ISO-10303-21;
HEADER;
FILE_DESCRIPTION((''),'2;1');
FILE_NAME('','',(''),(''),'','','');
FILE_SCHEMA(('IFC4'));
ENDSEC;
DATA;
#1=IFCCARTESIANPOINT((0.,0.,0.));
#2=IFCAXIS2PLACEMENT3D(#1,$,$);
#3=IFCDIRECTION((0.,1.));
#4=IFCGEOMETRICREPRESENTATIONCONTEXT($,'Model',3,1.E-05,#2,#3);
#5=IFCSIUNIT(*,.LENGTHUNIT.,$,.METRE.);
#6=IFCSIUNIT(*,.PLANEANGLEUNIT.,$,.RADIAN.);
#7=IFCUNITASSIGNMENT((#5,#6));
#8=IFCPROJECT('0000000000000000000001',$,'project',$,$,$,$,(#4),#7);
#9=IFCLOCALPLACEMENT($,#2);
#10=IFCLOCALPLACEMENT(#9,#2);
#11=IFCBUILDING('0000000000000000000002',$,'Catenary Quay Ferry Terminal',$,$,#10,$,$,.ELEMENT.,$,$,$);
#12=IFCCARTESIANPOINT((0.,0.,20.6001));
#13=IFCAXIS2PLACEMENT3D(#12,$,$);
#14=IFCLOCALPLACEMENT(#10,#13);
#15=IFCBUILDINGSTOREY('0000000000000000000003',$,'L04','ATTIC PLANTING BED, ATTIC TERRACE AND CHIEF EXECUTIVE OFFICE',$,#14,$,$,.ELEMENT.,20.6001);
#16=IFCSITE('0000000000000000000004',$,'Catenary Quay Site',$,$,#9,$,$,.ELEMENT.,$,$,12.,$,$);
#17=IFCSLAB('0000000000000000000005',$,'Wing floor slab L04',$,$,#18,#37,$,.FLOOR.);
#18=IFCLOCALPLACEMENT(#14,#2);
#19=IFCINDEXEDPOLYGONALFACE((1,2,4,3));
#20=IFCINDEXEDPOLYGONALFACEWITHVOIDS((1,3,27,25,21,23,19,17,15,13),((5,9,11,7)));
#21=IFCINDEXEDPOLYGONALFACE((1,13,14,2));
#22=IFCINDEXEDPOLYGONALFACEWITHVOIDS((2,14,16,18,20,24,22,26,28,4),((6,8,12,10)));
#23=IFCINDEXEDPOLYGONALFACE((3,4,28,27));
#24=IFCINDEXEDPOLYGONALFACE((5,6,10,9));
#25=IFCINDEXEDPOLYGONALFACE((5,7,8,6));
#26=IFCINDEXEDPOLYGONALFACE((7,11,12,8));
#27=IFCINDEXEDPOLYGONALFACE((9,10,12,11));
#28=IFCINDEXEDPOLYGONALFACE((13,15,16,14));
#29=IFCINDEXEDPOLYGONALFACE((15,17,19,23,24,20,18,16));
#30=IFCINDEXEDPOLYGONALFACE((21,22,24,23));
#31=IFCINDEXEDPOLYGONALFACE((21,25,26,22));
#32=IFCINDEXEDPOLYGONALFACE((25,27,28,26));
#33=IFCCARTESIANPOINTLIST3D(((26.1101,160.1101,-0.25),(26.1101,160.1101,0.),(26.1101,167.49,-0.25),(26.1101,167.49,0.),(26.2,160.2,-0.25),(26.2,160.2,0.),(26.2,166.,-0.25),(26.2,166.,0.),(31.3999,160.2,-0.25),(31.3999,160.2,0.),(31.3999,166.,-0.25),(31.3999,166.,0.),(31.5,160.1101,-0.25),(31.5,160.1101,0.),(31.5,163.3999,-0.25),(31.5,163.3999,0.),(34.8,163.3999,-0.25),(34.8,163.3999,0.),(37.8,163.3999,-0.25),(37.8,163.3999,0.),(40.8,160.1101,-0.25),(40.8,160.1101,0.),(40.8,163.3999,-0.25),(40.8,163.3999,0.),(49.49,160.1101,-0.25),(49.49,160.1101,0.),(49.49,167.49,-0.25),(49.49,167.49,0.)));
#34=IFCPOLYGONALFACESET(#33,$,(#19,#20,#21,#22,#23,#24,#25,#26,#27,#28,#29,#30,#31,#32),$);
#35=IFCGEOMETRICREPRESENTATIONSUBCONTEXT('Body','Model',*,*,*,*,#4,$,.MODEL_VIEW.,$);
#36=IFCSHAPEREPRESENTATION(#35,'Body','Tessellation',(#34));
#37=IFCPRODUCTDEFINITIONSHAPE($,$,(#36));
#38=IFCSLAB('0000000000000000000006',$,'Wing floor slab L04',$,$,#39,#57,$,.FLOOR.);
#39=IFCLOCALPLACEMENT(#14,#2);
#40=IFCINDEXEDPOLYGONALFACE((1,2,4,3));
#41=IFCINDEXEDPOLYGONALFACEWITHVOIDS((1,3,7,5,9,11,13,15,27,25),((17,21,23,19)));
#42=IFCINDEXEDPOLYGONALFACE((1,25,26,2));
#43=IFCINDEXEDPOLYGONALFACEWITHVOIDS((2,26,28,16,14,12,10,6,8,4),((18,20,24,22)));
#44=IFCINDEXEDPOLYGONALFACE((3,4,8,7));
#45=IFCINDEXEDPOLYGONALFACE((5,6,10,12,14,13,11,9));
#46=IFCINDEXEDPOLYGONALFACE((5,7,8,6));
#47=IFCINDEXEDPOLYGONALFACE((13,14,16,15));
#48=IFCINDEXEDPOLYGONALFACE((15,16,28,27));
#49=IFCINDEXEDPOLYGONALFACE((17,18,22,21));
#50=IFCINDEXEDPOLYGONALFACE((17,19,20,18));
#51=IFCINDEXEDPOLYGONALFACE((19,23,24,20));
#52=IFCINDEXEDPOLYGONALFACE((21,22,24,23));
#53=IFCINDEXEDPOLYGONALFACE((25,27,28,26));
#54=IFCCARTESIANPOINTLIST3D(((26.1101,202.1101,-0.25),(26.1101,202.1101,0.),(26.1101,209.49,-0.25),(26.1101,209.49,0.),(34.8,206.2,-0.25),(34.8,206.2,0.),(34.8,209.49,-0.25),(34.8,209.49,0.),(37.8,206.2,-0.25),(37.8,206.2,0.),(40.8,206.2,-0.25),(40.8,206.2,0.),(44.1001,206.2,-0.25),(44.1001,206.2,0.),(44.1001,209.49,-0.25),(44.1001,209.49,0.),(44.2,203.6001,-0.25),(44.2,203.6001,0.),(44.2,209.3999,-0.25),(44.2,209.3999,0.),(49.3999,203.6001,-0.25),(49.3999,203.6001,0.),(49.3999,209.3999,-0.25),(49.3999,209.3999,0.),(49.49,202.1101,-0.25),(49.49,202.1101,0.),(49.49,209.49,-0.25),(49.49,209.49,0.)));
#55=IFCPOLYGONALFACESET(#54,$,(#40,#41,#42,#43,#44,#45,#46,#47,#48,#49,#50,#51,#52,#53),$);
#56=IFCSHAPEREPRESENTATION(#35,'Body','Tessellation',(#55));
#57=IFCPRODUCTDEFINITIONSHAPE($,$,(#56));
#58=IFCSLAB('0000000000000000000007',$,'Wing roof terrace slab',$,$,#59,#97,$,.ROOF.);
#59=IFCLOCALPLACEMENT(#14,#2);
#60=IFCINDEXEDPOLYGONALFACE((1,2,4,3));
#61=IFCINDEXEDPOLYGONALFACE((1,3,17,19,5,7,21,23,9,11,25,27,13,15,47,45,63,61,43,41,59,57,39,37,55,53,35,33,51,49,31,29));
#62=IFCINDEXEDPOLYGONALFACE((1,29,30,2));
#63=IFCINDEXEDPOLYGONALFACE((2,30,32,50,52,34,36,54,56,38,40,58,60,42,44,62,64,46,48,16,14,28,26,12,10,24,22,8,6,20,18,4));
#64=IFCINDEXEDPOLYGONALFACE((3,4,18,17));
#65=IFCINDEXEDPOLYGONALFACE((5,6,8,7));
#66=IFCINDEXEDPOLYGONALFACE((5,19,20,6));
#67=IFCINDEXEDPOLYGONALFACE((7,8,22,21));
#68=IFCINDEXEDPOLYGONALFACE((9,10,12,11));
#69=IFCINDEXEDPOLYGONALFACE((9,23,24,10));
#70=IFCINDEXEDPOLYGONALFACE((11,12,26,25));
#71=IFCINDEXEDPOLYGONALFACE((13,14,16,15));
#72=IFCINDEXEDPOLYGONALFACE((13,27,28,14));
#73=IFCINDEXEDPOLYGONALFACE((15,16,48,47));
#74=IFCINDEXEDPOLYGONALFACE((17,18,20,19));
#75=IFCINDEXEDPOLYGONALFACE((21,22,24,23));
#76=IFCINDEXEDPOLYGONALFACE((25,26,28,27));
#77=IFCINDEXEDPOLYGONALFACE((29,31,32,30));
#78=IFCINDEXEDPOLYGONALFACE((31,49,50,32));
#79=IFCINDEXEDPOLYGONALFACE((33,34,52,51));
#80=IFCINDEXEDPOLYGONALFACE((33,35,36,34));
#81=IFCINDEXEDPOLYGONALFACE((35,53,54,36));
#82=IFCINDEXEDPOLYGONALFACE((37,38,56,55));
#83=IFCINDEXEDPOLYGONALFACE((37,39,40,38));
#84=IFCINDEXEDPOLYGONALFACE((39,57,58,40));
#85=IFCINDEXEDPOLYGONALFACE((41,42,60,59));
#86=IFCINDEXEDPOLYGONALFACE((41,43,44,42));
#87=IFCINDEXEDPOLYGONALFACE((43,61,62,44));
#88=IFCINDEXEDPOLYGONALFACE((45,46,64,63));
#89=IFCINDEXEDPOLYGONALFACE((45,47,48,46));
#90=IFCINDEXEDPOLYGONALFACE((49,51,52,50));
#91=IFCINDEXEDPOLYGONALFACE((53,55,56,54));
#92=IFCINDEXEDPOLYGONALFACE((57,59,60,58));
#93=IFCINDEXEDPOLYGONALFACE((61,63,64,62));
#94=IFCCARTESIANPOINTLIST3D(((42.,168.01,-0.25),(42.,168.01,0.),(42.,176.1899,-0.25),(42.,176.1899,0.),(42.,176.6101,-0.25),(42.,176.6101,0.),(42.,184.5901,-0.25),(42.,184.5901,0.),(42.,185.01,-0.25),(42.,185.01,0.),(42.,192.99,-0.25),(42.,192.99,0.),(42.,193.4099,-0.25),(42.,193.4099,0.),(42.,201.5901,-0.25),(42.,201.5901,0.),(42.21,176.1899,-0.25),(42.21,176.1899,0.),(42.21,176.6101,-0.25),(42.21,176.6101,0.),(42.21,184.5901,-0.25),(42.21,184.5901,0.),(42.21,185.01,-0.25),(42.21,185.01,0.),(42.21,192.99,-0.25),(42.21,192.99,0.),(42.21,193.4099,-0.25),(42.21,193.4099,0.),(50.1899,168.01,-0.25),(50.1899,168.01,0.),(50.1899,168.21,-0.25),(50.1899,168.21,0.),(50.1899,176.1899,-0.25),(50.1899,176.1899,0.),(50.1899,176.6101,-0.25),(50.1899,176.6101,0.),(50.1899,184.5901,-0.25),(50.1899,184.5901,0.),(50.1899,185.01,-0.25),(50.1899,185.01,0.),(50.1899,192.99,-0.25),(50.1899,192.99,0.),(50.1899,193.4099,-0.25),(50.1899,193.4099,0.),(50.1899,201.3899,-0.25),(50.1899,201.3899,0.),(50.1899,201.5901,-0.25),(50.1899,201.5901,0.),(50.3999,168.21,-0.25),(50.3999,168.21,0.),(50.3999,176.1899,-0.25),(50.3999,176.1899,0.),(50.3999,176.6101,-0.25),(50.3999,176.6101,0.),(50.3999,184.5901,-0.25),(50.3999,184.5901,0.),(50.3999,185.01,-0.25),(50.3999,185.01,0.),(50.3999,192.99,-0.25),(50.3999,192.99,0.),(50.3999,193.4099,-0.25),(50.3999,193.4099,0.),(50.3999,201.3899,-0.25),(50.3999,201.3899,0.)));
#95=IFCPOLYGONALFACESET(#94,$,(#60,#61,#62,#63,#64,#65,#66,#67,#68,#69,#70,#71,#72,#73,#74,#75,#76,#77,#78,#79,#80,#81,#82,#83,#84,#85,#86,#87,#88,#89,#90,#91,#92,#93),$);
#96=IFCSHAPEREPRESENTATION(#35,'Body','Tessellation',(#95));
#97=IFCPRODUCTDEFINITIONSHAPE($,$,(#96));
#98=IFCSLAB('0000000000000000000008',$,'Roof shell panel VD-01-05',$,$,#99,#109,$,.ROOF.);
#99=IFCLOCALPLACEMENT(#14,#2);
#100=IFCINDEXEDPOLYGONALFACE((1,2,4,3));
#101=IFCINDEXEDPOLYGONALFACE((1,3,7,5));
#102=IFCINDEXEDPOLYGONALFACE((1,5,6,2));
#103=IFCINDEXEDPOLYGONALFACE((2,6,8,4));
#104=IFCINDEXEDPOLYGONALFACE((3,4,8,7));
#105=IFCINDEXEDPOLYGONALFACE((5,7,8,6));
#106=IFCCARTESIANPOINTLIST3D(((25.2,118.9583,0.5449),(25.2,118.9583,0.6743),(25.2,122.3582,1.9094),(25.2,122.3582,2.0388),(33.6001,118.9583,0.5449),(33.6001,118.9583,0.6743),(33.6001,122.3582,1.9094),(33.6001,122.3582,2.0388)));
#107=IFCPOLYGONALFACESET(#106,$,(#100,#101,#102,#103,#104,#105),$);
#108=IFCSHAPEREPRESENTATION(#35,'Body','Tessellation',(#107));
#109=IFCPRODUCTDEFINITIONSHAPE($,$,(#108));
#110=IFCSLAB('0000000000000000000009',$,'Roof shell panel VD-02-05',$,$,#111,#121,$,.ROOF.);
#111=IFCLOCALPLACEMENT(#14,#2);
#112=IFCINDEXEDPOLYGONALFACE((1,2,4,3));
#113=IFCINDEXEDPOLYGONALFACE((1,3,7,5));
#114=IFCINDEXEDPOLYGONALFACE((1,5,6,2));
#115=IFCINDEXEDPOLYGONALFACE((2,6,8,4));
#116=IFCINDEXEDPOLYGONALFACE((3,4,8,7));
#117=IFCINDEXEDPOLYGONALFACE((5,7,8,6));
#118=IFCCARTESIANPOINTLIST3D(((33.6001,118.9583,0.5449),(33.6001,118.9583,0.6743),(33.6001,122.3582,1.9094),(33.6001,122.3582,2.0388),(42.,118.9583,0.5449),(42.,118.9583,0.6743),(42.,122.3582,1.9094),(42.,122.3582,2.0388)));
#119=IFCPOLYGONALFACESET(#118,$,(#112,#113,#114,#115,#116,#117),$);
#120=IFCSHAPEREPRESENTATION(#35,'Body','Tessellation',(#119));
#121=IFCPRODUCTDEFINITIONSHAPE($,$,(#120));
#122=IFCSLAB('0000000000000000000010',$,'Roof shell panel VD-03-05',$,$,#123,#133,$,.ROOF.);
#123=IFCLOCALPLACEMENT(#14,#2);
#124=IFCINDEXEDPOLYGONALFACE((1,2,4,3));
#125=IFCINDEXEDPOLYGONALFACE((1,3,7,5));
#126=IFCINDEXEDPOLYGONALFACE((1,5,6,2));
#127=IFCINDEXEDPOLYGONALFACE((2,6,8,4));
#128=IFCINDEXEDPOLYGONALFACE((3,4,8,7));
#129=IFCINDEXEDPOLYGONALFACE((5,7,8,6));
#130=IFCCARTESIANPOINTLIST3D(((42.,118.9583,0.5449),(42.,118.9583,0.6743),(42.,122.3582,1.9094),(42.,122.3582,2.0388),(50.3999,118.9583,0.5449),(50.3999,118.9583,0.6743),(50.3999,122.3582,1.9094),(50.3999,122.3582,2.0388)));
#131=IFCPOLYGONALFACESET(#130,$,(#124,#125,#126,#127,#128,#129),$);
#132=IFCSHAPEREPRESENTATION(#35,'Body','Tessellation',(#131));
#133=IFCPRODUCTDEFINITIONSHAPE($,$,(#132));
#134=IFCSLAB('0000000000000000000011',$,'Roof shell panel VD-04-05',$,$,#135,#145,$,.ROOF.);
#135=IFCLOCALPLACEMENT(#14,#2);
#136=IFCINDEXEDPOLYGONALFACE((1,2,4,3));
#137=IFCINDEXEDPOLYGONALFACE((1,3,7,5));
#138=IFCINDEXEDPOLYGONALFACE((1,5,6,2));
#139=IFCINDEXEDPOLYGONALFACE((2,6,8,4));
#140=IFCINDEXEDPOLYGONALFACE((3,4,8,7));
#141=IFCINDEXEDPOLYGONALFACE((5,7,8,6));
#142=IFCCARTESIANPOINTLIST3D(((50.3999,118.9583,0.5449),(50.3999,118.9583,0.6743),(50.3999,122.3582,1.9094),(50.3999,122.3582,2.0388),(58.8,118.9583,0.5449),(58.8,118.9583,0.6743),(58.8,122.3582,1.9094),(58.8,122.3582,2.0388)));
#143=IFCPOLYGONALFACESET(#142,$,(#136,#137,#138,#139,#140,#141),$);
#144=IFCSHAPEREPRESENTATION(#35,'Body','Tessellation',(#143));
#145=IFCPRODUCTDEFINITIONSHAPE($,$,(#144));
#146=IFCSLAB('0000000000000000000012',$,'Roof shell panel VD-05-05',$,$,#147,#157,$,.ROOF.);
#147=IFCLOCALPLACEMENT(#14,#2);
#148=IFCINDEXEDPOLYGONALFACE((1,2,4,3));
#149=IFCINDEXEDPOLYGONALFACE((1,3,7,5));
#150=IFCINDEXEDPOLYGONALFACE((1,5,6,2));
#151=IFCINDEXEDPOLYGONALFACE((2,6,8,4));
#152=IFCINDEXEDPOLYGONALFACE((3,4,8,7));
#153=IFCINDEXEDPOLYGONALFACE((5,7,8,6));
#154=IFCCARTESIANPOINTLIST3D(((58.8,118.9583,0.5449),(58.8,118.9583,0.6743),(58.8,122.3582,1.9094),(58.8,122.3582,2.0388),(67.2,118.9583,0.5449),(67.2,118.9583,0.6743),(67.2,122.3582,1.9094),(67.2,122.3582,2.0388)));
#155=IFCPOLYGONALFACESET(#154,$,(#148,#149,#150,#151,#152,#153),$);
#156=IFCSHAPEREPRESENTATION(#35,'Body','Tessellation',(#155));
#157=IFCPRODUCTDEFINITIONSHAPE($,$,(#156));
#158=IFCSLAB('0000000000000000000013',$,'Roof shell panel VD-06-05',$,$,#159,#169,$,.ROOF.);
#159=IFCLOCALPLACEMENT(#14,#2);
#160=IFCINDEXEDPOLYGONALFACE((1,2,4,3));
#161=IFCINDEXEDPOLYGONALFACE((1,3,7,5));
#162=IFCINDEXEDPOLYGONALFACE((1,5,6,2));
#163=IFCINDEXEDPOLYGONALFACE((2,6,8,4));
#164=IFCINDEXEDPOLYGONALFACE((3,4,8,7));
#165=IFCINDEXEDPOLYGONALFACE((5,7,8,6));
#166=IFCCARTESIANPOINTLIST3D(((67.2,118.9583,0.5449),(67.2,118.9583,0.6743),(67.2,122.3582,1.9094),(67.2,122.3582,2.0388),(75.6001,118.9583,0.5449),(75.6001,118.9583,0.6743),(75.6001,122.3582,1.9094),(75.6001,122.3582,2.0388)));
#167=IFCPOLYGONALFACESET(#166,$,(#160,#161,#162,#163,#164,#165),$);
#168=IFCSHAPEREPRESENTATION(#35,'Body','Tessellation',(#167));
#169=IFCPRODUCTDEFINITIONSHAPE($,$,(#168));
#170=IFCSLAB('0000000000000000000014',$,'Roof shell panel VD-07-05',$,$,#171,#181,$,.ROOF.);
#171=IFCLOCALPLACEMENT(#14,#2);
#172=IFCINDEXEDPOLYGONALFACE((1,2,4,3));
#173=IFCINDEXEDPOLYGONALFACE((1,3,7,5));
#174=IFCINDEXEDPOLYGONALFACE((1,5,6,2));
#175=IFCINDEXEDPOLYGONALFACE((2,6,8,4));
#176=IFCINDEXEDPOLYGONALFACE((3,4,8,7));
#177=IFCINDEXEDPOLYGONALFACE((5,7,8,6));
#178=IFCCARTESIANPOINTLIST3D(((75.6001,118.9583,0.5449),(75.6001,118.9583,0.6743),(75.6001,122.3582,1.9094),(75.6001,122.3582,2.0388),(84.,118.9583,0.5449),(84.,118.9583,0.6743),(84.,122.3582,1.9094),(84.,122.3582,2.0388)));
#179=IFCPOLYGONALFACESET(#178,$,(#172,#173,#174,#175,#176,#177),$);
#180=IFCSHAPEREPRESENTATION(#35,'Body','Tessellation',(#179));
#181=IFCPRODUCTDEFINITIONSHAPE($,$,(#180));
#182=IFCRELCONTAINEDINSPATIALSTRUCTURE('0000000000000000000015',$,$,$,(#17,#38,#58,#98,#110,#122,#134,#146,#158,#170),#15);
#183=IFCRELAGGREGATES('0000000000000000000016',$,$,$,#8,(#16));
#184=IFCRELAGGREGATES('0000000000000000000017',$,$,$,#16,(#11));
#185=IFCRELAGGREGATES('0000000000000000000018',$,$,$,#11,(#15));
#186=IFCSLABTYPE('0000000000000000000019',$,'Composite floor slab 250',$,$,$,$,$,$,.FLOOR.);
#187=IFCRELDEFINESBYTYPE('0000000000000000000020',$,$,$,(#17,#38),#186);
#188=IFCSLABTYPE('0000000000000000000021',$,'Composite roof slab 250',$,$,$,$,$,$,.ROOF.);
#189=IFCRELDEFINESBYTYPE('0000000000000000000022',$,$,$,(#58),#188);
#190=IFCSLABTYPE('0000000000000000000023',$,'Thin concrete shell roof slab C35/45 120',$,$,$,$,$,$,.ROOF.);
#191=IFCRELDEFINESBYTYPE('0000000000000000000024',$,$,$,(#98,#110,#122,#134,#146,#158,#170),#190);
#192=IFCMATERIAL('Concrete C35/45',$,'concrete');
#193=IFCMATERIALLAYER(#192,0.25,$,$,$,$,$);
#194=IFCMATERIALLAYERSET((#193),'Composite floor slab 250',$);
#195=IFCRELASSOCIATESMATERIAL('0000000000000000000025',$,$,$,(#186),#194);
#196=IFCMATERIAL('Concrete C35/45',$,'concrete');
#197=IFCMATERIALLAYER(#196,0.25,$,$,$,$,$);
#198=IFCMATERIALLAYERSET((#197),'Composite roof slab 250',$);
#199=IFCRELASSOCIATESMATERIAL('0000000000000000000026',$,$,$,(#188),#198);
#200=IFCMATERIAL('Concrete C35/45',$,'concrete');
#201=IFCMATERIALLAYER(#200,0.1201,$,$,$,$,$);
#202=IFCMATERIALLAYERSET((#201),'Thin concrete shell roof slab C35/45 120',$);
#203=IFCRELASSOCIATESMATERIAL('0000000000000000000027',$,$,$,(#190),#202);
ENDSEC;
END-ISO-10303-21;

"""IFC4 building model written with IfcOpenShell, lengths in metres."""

from ifc_helpers import new_model, si_unit, direction, frame, origin, place, context, subcontext, project, spatial, polyline, outline, extrude, material, layer, layer_set, type_object, element, save


model = new_model("IFC4")

# Units and contexts
model_context = context("Model", 3, precision=1e-05, world=origin(), true_north=direction((0.0, 1.0)))
body_context = subcontext(model_context, "Body", "Model", "MODEL_VIEW")
ifc_project = project(units=[si_unit("LENGTHUNIT", "METRE"), si_unit("PLANEANGLEUNIT", "RADIAN")], contexts=[model_context])

# Site, building, storey
site_placement = place(None, origin())
site = spatial("IfcSite", under=ifc_project, at=site_placement, Name="Catenary Quay Site", CompositionType="ELEMENT", RefElevation=12.0)
building_placement = place(site_placement, origin())
building = spatial("IfcBuilding", under=site, at=building_placement, Name="Catenary Quay Ferry Terminal", CompositionType="ELEMENT")
storey_placement = place(building_placement, frame((0.0, 0.0, 20.6001)))
storey = spatial("IfcBuildingStorey", under=building, at=storey_placement, Name="L04", Description="ATTIC PLANTING BED, ATTIC TERRACE AND CHIEF EXECUTIVE OFFICE", CompositionType="ELEMENT", Elevation=20.6001)

# Slabs
ifc_material_1 = material(Name="Concrete C35/45", Category="concrete")
ifc_layer_1 = layer(ifc_material_1, 0.25)
ifc_layer_set_1 = layer_set([ifc_layer_1], Name="Composite floor slab 250")
slab_type_1 = type_object("IfcSlabType", Name="Composite floor slab 250", PredefinedType="FLOOR", material=ifc_layer_set_1)
slab_1_placement = place(storey_placement, frame((0.0, 0.0, -0.25)))
element("IfcSlab", 1, at=slab_1_placement, inside=storey, type_object=slab_type_1, Name="Wing floor slab L04", PredefinedType="FLOOR", context=body_context, shape_type="SweptSolid", body=[
    extrude(outline(polyline([(26.1101, 167.49), (49.49, 167.49), (49.49, 160.1101), (40.8, 160.1101), (40.8, 163.3999), (37.8, 163.3999), (34.8, 163.3999), (31.5, 163.3999), (31.5, 160.1101), (26.1101, 160.1101), (26.1101, 167.49)]), holes=[polyline([(31.3999, 160.2), (31.3999, 166.0), (26.2, 166.0), (26.2, 160.2), (31.3999, 160.2)])]), origin(), (0.0, 0.0, 1.0), 0.25),
])
slab_2_placement = place(storey_placement, frame((0.0, 0.0, -0.25)))
element("IfcSlab", 2, at=slab_2_placement, inside=storey, type_object=slab_type_1, Name="Wing floor slab L04", PredefinedType="FLOOR", context=body_context, shape_type="SweptSolid", body=[
    extrude(outline(polyline([(26.1101, 209.49), (34.8, 209.49), (34.8, 206.2), (37.8, 206.2), (40.8, 206.2), (44.1001, 206.2), (44.1001, 209.49), (49.49, 209.49), (49.49, 202.1101), (26.1101, 202.1101), (26.1101, 209.49)]), holes=[polyline([(49.3999, 203.6001), (49.3999, 209.3999), (44.2, 209.3999), (44.2, 203.6001), (49.3999, 203.6001)])]), origin(), (0.0, 0.0, 1.0), 0.25),
])
ifc_material_2 = material(Name="Concrete C35/45", Category="concrete")
ifc_layer_2 = layer(ifc_material_2, 0.25)
ifc_layer_set_2 = layer_set([ifc_layer_2], Name="Composite roof slab 250")
slab_type_2 = type_object("IfcSlabType", Name="Composite roof slab 250", PredefinedType="ROOF", material=ifc_layer_set_2)
slab_3_placement = place(storey_placement, frame((0.0, 0.0, -0.25)))
element("IfcSlab", 3, at=slab_3_placement, inside=storey, type_object=slab_type_2, Name="Wing roof terrace slab", PredefinedType="ROOF", context=body_context, shape_type="SweptSolid", body=[
    extrude(outline(polyline([(50.3999, 168.21), (50.1899, 168.21), (50.1899, 168.01), (42.0, 168.01), (42.0, 176.1899), (42.21, 176.1899), (42.21, 176.6101), (42.0, 176.6101), (42.0, 184.5901), (42.21, 184.5901), (42.21, 185.01), (42.0, 185.01), (42.0, 192.99), (42.21, 192.99), (42.21, 193.4099), (42.0, 193.4099), (42.0, 201.5901), (50.1899, 201.5901), (50.1899, 201.3899), (50.3999, 201.3899), (50.3999, 193.4099), (50.1899, 193.4099), (50.1899, 192.99), (50.3999, 192.99), (50.3999, 185.01), (50.1899, 185.01), (50.1899, 184.5901), (50.3999, 184.5901), (50.3999, 176.6101), (50.1899, 176.6101), (50.1899, 176.1899), (50.3999, 176.1899), (50.3999, 168.21)])), origin(), (0.0, 0.0, 1.0), 0.25),
])
ifc_material_3 = material(Name="Concrete C35/45", Category="concrete")
ifc_layer_3 = layer(ifc_material_3, 0.1201)
ifc_layer_set_3 = layer_set([ifc_layer_3], Name="Thin concrete shell roof slab C35/45 120")
slab_type_3 = type_object("IfcSlabType", Name="Thin concrete shell roof slab C35/45 120", PredefinedType="ROOF", material=ifc_layer_set_3)
slab_4_placement = place(storey_placement, frame((25.2, 118.9583, 0.6743), z_axis=(0.0, -0.372459, 0.928049), x_axis=(1.0, 0.0, 0.0)))
element("IfcSlab", 4, at=slab_4_placement, inside=storey, type_object=slab_type_3, Name="Roof shell panel VD-01-05", PredefinedType="ROOF", context=body_context, shape_type="SweptSolid", body=[
    extrude(outline(polyline([(0.0, 0.0), (8.4001, 0.0), (8.4001, 3.6635), (0.0, 3.6635), (0.0, 0.0)])), origin(), (0.0, -0.372459, -0.928049), 0.1294),
])
for number, where, z_axis, x_axis, name in (
    (5, (33.6001, 118.9583, 0.6743), (0.0, -0.372459, 0.928049), (1.0, 0.0, 0.0), "Roof shell panel VD-02-05"),
    (6, (42.0, 118.9583, 0.6743), (0.0, -0.372459, 0.928049), (1.0, 0.0, 0.0), "Roof shell panel VD-03-05"),
):
    element("IfcSlab", number, at=place(storey_placement, frame(where, z_axis=z_axis, x_axis=x_axis)), inside=storey, type_object=slab_type_3, Name=name, PredefinedType="ROOF", context=body_context, shape_type="SweptSolid", body=[
        extrude(outline(polyline([(0.0, 0.0), (8.3999, 0.0), (8.3999, 3.6635), (0.0, 3.6635), (0.0, 0.0)])), origin(), (0.0, -0.372459, -0.928049), 0.1294),
    ])
slab_5_placement = place(storey_placement, frame((50.3999, 118.9583, 0.6743), z_axis=(0.0, -0.372459, 0.928049), x_axis=(1.0, 0.0, 0.0)))
element("IfcSlab", 7, at=slab_5_placement, inside=storey, type_object=slab_type_3, Name="Roof shell panel VD-04-05", PredefinedType="ROOF", context=body_context, shape_type="SweptSolid", body=[
    extrude(outline(polyline([(0.0, 0.0), (8.4001, 0.0), (8.4001, 3.6635), (0.0, 3.6635), (0.0, 0.0)])), origin(), (0.0, -0.372459, -0.928049), 0.1294),
])
slab_6_placement = place(storey_placement, frame((58.8, 118.9583, 0.6743), z_axis=(0.0, -0.372459, 0.928049), x_axis=(1.0, 0.0, 0.0)))
element("IfcSlab", 8, at=slab_6_placement, inside=storey, type_object=slab_type_3, Name="Roof shell panel VD-05-05", PredefinedType="ROOF", context=body_context, shape_type="SweptSolid", body=[
    extrude(outline(polyline([(0.0, 0.0), (8.3999, 0.0), (8.3999, 3.6635), (0.0, 3.6635), (0.0, 0.0)])), origin(), (0.0, -0.372459, -0.928049), 0.1294),
])
slab_7_placement = place(storey_placement, frame((67.2, 118.9583, 0.6743), z_axis=(0.0, -0.372459, 0.928049), x_axis=(1.0, 0.0, 0.0)))
element("IfcSlab", 9, at=slab_7_placement, inside=storey, type_object=slab_type_3, Name="Roof shell panel VD-06-05", PredefinedType="ROOF", context=body_context, shape_type="SweptSolid", body=[
    extrude(outline(polyline([(0.0, 0.0), (8.4001, 0.0), (8.4001, 3.6635), (0.0, 3.6635), (0.0, 0.0)])), origin(), (0.0, -0.372459, -0.928049), 0.1294),
])
for number, where, z_axis, x_axis, name in (
    (10, (75.6001, 118.9583, 0.6743), (0.0, -0.372459, 0.928049), (1.0, 0.0, 0.0), "Roof shell panel VD-07-05"),
):
    element("IfcSlab", number, at=place(storey_placement, frame(where, z_axis=z_axis, x_axis=x_axis)), inside=storey, type_object=slab_type_3, Name=name, PredefinedType="ROOF", context=body_context, shape_type="SweptSolid", body=[
        extrude(outline(polyline([(0.0, 0.0), (8.3999, 0.0), (8.3999, 3.6635), (0.0, 3.6635), (0.0, 0.0)])), origin(), (0.0, -0.372459, -0.928049), 0.1294),
    ])

save(model, "model.ifc")
